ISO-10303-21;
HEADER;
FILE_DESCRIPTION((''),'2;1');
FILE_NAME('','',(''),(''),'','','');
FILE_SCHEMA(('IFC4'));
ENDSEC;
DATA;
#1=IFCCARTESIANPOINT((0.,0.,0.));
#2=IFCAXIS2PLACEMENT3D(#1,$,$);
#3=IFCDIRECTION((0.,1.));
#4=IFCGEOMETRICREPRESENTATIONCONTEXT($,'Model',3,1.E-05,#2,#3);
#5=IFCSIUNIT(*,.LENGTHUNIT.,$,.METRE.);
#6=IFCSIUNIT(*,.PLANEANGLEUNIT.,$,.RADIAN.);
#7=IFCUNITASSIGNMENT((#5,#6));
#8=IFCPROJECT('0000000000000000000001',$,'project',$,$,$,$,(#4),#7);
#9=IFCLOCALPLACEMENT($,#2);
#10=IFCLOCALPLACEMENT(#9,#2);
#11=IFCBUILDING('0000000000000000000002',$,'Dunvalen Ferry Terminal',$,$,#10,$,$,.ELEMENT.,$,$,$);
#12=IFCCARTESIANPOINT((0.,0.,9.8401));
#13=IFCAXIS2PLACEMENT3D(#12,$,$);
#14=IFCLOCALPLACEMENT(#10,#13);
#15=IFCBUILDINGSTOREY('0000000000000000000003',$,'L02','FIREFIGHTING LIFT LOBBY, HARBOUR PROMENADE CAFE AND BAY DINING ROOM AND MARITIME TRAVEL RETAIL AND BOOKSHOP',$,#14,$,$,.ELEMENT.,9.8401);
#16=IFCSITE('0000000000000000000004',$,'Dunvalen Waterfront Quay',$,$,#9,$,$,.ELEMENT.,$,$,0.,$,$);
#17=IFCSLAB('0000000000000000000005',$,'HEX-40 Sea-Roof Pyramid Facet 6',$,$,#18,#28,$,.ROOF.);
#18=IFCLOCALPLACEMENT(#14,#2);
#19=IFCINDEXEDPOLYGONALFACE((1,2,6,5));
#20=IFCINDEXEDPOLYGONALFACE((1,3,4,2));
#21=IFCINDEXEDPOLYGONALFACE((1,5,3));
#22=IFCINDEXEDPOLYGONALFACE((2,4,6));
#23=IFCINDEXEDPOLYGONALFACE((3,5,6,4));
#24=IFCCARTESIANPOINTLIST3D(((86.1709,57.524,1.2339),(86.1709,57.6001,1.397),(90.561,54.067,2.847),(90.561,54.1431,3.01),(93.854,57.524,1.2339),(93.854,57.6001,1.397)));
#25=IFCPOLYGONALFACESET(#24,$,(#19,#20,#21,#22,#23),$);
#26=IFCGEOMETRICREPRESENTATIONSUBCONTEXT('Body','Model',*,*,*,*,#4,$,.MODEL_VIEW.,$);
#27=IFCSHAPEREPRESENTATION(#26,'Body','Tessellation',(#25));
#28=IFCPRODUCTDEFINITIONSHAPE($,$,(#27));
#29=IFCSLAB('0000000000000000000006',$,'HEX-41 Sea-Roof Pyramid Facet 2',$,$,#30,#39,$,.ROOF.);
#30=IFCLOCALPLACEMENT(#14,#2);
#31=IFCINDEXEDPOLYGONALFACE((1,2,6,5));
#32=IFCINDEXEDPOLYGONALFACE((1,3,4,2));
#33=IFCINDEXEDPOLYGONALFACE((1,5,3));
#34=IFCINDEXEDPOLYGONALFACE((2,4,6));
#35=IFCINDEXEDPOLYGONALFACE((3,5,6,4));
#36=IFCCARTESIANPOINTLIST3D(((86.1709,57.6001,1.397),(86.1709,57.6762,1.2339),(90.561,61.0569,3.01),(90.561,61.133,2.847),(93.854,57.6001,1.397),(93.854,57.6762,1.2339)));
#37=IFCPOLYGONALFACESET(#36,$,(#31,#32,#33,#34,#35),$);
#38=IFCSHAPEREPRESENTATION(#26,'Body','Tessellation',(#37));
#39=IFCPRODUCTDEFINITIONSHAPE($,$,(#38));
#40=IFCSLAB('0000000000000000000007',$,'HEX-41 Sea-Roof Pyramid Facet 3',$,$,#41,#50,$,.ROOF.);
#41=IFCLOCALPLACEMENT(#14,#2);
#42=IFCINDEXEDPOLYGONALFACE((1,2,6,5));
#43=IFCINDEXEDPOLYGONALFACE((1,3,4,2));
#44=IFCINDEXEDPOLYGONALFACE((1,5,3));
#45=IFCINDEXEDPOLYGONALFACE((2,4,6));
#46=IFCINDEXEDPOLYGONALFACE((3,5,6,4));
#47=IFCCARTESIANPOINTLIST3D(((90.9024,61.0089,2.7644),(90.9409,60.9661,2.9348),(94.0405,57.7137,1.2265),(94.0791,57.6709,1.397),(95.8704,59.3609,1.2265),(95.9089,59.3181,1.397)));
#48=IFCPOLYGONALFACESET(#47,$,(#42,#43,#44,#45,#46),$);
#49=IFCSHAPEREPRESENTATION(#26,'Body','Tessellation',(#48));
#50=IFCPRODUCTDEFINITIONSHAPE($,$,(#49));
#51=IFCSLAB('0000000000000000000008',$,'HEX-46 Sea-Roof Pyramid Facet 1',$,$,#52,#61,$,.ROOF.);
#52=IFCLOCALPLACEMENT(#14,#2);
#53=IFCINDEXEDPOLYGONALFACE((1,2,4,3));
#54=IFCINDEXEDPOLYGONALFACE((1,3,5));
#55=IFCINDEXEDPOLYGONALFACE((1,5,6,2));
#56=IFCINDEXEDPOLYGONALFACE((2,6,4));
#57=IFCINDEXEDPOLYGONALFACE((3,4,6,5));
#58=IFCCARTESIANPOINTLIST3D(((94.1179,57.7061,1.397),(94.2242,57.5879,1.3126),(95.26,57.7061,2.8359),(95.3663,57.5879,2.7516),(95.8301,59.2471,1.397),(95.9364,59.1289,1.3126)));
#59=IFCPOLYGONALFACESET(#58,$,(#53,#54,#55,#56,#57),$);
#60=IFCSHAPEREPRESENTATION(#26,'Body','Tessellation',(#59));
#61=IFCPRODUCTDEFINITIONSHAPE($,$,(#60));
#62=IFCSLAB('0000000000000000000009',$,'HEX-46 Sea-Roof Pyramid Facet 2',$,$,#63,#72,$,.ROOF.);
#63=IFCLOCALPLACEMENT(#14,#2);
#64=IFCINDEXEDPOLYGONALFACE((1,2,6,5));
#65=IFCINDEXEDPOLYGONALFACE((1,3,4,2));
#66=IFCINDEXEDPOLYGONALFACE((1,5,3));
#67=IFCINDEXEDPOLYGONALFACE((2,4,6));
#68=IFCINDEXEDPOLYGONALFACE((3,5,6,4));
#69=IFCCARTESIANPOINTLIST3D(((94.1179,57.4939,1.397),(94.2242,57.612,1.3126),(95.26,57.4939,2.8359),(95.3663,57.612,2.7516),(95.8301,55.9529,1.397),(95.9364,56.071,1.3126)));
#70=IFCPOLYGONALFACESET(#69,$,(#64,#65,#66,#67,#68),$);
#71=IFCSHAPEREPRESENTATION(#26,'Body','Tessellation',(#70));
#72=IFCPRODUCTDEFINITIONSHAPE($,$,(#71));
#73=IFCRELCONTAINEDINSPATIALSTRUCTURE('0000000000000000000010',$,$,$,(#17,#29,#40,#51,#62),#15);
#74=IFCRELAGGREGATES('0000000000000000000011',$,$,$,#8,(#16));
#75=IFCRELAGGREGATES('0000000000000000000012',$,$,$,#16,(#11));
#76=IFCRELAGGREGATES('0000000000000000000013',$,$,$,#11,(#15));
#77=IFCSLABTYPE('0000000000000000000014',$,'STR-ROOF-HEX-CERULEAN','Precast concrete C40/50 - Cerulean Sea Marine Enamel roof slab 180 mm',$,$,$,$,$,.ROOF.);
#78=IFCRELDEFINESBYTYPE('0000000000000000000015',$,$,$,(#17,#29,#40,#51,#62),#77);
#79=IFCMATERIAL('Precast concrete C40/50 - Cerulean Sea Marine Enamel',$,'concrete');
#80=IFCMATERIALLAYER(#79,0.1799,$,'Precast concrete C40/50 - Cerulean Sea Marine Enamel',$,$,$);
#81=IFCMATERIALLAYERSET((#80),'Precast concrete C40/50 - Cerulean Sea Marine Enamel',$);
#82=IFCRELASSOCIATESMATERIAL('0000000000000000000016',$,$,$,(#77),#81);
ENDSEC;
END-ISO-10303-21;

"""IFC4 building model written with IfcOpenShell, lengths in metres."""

from ifc_helpers import new_model, si_unit, direction, frame, origin, place, context, subcontext, project, spatial, polyline, outline, extrude, material, layer, layer_set, type_object, element, save


model = new_model("IFC4")

# Units and contexts
model_context = context("Model", 3, precision=1e-05, world=origin(), true_north=direction((0.0, 1.0)))
body_context = subcontext(model_context, "Body", "Model", "MODEL_VIEW")
ifc_project = project(units=[si_unit("LENGTHUNIT", "METRE"), si_unit("PLANEANGLEUNIT", "RADIAN")], contexts=[model_context])

# Site, building, storey
site_placement = place(None, origin())
site = spatial("IfcSite", under=ifc_project, at=site_placement, Name="Dunvalen Waterfront Quay", CompositionType="ELEMENT", RefElevation=0.0)
building_placement = place(site_placement, origin())
building = spatial("IfcBuilding", under=site, at=building_placement, Name="Dunvalen Ferry Terminal", CompositionType="ELEMENT")
storey_placement = place(building_placement, frame((0.0, 0.0, 9.8401)))
storey = spatial("IfcBuildingStorey", under=building, at=storey_placement, Name="L02", Description="FIREFIGHTING LIFT LOBBY, HARBOUR PROMENADE CAFE AND BAY DINING ROOM AND MARITIME TRAVEL RETAIL AND BOOKSHOP", CompositionType="ELEMENT", Elevation=9.8401)

# Slabs
ifc_material_1 = material(Name="Precast concrete C40/50 - Cerulean Sea Marine Enamel", Category="concrete")
ifc_layer_1 = layer(ifc_material_1, 0.1799, Name="Precast concrete C40/50 - Cerulean Sea Marine Enamel")
ifc_layer_set_1 = layer_set([ifc_layer_1], Name="Precast concrete C40/50 - Cerulean Sea Marine Enamel")
slab_type = type_object("IfcSlabType", Name="STR-ROOF-HEX-CERULEAN", Description="Precast concrete C40/50 - Cerulean Sea Marine Enamel roof slab 180 mm", PredefinedType="ROOF", material=ifc_layer_set_1)
slab_1_placement = place(storey_placement, frame((93.854, 57.6001, 1.397), z_axis=(0.0, 0.422833, 0.906208), x_axis=(-1.0, 0.0, 0.0)))
element("IfcSlab", 1, at=slab_1_placement, inside=storey, type_object=slab_type, Name="HEX-40 Sea-Roof Pyramid Facet 6", PredefinedType="ROOF", context=body_context, shape_type="SweptSolid", body=[
    extrude(outline(polyline([(0.0, 0.0), (7.6831, 0.0), (3.293, 3.8148), (0.0, 0.0)])), origin(), (0.0, 0.0, -1.0), 0.1799),
])
slab_2_placement = place(storey_placement, frame((86.1709, 57.6001, 1.397), z_axis=(0.0, -0.422857, 0.906196), x_axis=(1.0, 0.0, 0.0)))
element("IfcSlab", 2, at=slab_2_placement, inside=storey, type_object=slab_type, Name="HEX-41 Sea-Roof Pyramid Facet 2", PredefinedType="ROOF", context=body_context, shape_type="SweptSolid", body=[
    extrude(outline(polyline([(0.0, 0.0), (7.6831, 0.0), (4.3901, 3.8146), (0.0, 0.0)])), origin(), (0.0, 0.0, -1.0), 0.1799),
])
slab_3_placement = place(storey_placement, frame((94.0791, 57.6709, 1.397), z_axis=(0.214282, -0.238038, 0.947323), x_axis=(0.74322, 0.669047, 0.0)))
element("IfcSlab", 3, at=slab_3_placement, inside=storey, type_object=slab_type, Name="HEX-41 Sea-Roof Pyramid Facet 3", PredefinedType="ROOF", context=body_context, shape_type="SweptSolid", body=[
    extrude(outline(polyline([(0.0, 0.0), (2.462, 0.0), (-0.1277, 4.8016), (0.0, 0.0)])), origin(), (0.0, 0.0, -1.0), 0.1799),
])
slab_4_placement = place(storey_placement, frame((95.8301, 59.2471, 1.397), z_axis=(-0.590859, 0.656479, 0.468958), x_axis=(-0.743278, -0.668982, 0.0)))
element("IfcSlab", 4, at=slab_4_placement, inside=storey, type_object=slab_type, Name="HEX-46 Sea-Roof Pyramid Facet 1", PredefinedType="ROOF", context=body_context, shape_type="SweptSolid", body=[
    extrude(outline(polyline([(0.0, 0.0), (2.3035, 0.0), (1.4546, 1.6292), (0.0, 0.0)])), origin(), (0.0, 0.0, -1.0), 0.1799),
])
slab_5_placement = place(storey_placement, frame((94.1179, 57.4939, 1.397), z_axis=(-0.590859, -0.656479, 0.468958), x_axis=(0.743278, -0.668982, 0.0)))
element("IfcSlab", 5, at=slab_5_placement, inside=storey, type_object=slab_type, Name="HEX-46 Sea-Roof Pyramid Facet 2", PredefinedType="ROOF", context=body_context, shape_type="SweptSolid", body=[
    extrude(outline(polyline([(0.0, 0.0), (2.3035, 0.0), (0.8489, 1.6292), (0.0, 0.0)])), origin(), (0.0, 0.0, -1.0), 0.1799),
])

save(model, "model.ifc")
